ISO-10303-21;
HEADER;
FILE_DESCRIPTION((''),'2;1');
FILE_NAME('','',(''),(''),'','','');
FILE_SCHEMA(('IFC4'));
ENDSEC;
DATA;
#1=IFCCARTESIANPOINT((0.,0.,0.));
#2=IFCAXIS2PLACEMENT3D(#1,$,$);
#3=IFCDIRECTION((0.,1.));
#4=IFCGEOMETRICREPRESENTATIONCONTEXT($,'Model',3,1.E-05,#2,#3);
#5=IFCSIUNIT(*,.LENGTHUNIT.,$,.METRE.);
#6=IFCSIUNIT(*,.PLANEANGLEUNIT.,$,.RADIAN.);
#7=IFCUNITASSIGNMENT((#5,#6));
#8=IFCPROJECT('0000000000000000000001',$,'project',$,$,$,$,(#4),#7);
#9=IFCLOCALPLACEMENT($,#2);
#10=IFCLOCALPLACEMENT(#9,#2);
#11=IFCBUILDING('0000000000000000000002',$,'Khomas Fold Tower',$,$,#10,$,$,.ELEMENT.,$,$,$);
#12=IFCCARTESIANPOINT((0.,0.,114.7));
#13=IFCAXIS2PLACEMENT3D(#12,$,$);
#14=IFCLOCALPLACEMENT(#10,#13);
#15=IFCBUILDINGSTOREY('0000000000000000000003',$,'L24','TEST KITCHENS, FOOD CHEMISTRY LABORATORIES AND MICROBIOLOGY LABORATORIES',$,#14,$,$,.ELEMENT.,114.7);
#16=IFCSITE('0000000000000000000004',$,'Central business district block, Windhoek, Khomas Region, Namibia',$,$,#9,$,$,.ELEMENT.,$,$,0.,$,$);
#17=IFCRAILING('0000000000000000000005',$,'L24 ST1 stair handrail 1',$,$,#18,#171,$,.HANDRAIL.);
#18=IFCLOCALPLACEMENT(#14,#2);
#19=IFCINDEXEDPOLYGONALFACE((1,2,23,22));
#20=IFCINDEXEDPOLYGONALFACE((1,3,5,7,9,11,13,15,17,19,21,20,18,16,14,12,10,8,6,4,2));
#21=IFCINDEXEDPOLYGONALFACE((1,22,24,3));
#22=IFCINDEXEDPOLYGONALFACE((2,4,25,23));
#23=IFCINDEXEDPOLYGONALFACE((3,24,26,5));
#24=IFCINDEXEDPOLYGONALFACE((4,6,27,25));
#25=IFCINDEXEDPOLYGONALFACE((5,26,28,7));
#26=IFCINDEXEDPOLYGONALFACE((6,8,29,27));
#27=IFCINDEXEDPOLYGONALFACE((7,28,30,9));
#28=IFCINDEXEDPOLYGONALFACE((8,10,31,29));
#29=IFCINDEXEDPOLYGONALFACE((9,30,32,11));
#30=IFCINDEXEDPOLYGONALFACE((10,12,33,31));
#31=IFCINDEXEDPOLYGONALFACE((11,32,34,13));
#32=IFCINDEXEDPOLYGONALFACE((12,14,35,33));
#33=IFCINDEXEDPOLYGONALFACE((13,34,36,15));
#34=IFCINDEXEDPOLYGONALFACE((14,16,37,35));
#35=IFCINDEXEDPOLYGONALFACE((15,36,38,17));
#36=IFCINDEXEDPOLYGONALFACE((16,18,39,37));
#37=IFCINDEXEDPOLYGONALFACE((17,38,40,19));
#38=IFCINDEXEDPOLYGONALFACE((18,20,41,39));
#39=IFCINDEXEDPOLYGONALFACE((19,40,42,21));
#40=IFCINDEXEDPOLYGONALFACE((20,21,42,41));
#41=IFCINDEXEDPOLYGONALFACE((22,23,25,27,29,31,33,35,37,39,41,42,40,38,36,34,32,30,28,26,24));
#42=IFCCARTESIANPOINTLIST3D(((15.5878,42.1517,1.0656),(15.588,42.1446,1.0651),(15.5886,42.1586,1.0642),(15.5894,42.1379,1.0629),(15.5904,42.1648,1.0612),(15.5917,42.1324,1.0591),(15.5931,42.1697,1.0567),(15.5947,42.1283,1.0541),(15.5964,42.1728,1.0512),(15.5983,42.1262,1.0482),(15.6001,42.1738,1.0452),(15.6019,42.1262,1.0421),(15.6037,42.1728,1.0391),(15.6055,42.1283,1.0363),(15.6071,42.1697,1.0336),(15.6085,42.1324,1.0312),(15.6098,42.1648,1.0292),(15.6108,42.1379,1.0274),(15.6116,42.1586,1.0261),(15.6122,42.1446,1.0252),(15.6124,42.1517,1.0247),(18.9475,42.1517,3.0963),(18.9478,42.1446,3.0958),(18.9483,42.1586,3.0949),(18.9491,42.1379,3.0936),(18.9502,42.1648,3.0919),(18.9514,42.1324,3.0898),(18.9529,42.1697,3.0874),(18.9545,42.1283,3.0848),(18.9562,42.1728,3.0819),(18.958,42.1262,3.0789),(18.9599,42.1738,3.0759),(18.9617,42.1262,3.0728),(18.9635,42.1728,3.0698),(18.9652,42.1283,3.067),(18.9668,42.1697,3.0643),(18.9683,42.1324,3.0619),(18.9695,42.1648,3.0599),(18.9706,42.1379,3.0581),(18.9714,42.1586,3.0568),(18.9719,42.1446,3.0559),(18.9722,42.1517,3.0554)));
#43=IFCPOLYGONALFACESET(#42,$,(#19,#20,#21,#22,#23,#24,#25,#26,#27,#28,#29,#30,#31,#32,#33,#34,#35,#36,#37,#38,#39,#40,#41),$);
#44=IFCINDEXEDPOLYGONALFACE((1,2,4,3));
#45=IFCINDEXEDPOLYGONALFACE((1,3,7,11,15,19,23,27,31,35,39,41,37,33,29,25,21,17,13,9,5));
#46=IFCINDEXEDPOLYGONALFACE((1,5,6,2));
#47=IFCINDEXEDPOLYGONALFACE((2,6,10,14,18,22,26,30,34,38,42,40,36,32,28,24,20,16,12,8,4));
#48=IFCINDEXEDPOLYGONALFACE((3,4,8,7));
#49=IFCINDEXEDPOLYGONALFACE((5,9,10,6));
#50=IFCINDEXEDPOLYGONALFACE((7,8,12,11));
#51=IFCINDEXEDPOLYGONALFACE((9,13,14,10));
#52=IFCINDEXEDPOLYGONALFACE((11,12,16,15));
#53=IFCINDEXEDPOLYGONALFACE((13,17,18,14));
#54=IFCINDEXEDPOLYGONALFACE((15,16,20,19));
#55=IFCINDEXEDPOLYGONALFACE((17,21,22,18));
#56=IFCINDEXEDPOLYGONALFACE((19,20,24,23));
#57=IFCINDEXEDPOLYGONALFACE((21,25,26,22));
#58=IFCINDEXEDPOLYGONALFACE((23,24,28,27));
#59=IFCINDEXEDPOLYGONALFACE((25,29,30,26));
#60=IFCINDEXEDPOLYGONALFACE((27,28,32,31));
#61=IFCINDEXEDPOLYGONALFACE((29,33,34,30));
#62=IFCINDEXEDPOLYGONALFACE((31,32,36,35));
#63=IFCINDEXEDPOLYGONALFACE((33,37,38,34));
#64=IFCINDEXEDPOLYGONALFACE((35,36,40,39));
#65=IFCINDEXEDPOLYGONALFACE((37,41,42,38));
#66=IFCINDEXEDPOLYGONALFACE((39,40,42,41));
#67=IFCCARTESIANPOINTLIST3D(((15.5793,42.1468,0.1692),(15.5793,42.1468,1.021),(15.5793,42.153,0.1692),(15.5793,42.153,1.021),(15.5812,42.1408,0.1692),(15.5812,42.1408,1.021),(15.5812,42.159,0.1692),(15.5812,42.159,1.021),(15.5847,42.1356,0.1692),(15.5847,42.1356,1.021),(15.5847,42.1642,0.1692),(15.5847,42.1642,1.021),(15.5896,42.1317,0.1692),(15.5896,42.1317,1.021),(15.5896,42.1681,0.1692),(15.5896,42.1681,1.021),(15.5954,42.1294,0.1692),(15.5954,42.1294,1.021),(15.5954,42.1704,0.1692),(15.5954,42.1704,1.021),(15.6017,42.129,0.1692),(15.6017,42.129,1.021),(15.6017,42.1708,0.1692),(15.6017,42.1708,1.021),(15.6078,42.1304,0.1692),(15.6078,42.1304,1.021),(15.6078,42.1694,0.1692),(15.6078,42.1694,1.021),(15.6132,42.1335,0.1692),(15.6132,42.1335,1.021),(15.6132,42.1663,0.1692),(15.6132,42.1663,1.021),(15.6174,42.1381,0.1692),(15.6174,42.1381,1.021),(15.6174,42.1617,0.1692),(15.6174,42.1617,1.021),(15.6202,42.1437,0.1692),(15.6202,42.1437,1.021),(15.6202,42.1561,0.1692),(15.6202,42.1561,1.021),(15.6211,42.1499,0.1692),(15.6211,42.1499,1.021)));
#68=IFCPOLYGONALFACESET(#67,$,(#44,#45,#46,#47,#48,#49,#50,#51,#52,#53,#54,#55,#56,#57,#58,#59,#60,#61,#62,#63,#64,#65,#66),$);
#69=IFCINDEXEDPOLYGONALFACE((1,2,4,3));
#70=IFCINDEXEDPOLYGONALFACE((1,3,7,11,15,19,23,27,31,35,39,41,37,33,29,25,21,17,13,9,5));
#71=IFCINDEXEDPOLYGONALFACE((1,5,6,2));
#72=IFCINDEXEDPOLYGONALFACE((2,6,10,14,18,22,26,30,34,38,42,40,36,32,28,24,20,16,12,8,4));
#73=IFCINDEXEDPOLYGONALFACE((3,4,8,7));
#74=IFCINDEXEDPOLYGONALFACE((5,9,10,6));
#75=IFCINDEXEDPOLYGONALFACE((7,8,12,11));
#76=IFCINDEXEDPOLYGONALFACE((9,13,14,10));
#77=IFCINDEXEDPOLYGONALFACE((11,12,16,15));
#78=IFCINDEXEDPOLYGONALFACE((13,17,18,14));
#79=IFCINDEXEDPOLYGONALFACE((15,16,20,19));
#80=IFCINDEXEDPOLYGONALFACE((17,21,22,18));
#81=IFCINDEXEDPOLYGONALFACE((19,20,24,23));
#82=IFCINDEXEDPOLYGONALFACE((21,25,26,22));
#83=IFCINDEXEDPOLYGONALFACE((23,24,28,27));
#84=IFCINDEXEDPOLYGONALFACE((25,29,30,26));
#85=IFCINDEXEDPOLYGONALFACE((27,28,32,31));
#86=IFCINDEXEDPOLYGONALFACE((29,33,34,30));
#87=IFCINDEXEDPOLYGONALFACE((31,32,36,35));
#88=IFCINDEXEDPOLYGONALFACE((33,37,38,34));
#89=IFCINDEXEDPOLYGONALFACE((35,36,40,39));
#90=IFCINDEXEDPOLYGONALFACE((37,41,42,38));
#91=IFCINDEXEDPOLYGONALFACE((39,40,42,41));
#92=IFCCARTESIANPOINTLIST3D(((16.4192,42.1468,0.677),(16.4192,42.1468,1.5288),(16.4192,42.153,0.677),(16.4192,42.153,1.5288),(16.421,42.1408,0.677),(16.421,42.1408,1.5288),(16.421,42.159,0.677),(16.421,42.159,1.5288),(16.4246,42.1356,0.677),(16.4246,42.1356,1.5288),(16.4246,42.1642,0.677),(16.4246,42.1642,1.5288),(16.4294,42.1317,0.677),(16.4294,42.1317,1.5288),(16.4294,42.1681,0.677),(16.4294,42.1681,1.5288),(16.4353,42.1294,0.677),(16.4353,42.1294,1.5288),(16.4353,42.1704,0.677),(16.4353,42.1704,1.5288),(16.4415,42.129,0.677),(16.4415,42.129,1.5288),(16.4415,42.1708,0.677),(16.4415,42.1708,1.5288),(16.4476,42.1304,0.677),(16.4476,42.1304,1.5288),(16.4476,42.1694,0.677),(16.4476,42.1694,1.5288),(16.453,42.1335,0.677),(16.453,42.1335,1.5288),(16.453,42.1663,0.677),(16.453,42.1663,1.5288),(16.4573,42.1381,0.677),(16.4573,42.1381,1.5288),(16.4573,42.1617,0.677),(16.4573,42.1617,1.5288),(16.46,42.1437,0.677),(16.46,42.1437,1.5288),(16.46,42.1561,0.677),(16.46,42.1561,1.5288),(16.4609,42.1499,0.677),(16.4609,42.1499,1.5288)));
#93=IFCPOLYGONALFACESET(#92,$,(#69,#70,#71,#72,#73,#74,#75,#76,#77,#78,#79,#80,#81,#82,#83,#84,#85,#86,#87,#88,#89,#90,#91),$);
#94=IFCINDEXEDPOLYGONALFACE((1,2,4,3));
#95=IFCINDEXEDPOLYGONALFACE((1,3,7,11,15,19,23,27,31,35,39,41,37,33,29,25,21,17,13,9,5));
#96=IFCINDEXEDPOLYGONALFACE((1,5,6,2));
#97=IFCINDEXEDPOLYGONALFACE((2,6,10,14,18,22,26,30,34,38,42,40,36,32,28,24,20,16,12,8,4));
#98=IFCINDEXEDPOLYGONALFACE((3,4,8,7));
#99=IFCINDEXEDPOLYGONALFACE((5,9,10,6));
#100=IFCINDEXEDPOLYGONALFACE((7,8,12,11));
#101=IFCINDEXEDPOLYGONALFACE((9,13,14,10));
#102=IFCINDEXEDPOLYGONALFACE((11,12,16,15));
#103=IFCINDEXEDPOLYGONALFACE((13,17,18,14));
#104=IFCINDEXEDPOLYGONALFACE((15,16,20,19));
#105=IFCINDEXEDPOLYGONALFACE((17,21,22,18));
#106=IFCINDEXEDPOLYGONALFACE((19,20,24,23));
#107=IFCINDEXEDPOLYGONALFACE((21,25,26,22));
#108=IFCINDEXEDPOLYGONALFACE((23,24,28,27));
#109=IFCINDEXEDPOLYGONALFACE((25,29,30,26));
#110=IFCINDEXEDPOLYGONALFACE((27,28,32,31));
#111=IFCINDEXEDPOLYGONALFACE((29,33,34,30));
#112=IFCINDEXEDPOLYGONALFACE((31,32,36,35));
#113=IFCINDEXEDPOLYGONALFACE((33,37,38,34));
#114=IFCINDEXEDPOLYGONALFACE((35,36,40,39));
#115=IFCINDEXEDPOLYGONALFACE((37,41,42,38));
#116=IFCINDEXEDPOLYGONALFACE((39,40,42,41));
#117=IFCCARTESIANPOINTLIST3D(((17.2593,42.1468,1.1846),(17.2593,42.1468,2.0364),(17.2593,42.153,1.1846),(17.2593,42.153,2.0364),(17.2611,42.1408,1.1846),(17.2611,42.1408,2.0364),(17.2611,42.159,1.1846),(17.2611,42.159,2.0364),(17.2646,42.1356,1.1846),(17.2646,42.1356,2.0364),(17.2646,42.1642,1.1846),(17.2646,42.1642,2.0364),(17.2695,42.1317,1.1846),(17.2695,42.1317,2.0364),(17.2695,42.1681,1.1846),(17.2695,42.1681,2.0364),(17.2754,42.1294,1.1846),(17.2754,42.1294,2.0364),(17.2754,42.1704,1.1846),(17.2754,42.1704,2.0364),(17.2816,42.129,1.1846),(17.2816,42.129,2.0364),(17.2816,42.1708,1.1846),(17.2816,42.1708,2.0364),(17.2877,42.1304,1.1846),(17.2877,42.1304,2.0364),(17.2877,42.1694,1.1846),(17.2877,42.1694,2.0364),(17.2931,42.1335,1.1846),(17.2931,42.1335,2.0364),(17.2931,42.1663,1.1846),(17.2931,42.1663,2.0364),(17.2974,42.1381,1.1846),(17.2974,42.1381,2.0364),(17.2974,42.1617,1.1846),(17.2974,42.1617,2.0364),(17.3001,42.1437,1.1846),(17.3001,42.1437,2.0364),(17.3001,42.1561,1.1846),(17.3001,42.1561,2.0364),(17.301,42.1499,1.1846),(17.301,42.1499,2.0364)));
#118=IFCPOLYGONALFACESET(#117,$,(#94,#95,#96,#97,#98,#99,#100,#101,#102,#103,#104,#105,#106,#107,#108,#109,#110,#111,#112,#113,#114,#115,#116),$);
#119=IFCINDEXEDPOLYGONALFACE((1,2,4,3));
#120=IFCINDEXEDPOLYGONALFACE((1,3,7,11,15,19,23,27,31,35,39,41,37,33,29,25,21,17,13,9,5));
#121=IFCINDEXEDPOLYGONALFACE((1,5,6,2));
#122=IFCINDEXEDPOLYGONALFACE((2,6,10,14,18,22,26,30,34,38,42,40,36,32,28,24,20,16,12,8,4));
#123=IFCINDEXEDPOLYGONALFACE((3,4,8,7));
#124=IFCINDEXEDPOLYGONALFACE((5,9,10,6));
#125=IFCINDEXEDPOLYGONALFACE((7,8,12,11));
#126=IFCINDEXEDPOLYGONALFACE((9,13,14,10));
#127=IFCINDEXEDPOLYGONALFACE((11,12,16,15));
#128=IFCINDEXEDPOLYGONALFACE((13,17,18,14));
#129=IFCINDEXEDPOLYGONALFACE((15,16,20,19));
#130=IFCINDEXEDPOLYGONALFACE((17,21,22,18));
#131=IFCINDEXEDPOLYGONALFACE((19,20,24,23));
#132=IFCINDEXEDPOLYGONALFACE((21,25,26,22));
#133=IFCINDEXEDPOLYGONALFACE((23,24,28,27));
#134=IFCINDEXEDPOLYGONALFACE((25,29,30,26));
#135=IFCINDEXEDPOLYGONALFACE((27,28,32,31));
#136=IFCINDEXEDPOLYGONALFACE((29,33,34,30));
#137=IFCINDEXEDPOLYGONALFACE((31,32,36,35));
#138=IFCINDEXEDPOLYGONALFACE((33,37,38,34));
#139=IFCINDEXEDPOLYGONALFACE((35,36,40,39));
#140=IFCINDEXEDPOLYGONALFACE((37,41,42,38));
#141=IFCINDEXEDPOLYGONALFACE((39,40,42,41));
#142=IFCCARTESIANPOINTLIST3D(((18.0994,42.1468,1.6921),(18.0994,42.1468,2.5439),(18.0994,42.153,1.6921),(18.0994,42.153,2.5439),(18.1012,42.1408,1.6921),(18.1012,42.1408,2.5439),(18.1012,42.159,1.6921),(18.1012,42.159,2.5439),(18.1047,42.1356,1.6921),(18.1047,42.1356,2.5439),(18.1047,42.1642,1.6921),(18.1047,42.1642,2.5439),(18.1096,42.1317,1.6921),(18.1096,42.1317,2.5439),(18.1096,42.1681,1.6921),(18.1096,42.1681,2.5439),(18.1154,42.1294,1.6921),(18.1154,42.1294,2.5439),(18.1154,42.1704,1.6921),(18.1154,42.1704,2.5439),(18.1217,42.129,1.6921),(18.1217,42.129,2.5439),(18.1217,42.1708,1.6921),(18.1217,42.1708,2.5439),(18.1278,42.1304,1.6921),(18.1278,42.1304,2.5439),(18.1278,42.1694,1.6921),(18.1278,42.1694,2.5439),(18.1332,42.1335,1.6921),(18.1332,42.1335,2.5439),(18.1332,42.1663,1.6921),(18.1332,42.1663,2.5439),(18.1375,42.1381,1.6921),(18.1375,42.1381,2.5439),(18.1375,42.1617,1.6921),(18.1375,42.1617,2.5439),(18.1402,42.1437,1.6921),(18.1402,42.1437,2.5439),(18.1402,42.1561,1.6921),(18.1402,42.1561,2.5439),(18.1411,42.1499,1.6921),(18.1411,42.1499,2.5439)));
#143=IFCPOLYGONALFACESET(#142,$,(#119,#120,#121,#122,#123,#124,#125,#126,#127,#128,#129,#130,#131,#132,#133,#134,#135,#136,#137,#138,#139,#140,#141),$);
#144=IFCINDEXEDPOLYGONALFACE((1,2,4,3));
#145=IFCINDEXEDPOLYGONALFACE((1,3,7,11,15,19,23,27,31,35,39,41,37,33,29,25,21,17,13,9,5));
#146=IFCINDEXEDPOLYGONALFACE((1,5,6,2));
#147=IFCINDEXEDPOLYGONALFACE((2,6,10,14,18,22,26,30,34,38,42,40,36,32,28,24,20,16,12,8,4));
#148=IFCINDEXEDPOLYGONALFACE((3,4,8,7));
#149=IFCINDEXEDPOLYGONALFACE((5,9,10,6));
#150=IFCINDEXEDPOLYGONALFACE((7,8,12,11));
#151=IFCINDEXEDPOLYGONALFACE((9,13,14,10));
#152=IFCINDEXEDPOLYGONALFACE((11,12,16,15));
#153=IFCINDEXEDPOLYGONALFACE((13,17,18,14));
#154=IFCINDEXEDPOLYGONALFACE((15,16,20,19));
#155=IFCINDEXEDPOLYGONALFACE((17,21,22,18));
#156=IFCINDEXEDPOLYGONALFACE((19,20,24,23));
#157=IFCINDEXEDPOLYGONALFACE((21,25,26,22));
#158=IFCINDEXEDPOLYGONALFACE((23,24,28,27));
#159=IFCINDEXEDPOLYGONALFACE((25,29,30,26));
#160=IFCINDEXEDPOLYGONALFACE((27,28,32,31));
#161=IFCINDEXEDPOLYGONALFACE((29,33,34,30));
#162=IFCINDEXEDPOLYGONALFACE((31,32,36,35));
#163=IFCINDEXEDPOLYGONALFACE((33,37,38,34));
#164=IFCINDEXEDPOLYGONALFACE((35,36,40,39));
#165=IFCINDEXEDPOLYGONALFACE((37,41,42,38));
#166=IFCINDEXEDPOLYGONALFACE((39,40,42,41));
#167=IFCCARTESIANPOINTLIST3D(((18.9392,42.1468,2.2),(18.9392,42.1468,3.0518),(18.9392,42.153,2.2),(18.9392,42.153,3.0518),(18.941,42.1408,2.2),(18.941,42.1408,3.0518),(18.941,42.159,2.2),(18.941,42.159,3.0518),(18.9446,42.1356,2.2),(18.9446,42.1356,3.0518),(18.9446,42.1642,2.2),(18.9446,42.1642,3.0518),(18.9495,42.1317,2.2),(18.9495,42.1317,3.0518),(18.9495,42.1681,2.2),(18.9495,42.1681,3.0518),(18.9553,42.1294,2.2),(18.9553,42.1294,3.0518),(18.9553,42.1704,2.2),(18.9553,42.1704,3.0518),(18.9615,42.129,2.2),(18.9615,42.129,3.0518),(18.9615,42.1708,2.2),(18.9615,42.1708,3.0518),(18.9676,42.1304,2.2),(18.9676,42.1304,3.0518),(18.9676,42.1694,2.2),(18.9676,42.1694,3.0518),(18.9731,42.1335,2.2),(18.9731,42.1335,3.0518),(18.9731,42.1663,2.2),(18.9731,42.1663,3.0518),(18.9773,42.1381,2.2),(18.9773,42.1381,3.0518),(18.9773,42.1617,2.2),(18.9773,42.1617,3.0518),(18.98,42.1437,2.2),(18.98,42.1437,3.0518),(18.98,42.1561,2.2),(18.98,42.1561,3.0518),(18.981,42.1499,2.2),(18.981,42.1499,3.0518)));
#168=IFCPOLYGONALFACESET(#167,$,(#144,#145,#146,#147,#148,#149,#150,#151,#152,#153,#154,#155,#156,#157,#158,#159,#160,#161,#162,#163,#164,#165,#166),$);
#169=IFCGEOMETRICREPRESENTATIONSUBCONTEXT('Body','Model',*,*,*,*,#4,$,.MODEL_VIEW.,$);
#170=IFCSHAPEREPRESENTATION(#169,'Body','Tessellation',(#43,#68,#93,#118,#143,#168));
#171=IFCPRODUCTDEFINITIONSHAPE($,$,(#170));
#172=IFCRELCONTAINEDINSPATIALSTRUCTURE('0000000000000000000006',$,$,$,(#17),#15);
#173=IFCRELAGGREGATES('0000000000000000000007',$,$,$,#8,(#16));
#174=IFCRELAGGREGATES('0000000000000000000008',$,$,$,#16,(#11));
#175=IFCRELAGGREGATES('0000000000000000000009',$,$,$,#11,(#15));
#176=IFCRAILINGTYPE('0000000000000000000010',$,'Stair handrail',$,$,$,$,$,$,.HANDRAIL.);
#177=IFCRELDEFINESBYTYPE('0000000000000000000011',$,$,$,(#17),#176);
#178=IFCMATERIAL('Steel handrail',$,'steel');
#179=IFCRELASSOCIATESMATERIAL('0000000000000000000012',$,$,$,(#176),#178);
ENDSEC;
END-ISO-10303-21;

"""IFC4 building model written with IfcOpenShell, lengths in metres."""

from ifc_helpers import new_model, si_unit, direction, frame, origin, origin_2d, place, context, subcontext, project, spatial, circle, extrude, source, transform, mapped, material, type_object, element, save


model = new_model("IFC4")

# Units and contexts
model_context = context("Model", 3, precision=1e-05, world=origin(), true_north=direction((0.0, 1.0)))
body_context = subcontext(model_context, "Body", "Model", "MODEL_VIEW")
ifc_project = project(units=[si_unit("LENGTHUNIT", "METRE"), si_unit("PLANEANGLEUNIT", "RADIAN")], contexts=[model_context])

# Site, building, storey
site_placement = place(None, origin())
site = spatial("IfcSite", under=ifc_project, at=site_placement, Name="Central business district block, Windhoek, Khomas Region, Namibia", CompositionType="ELEMENT", RefElevation=0.0)
building_placement = place(site_placement, origin())
building = spatial("IfcBuilding", under=site, at=building_placement, Name="Khomas Fold Tower", CompositionType="ELEMENT")
storey_placement = place(building_placement, frame((0.0, 0.0, 114.7)))
storey = spatial("IfcBuildingStorey", under=building, at=storey_placement, Name="L24", Description="TEST KITCHENS, FOOD CHEMISTRY LABORATORIES AND MICROBIOLOGY LABORATORIES", CompositionType="ELEMENT", Elevation=114.7)

# Railing
ifc_material_1 = material(Name="Steel handrail", Category="steel")
railing_type_1 = type_object("IfcRailingType", Name="Stair handrail", PredefinedType="HANDRAIL", material=ifc_material_1)
shared_shape_1 = source(origin(), body_context, "Body", "SweptSolid", [
    extrude(circle(Radius=0.0239, at=origin_2d()), frame((0.0, 0.0, 0.876), z_axis=(0.85582, 0.0, 0.517273), x_axis=(0.0, 1.0, 0.0)), (0.0, 0.0, 1.0), 3.9258),
    extrude(circle(Radius=0.021, at=origin_2d()), origin(), (0.0, 0.0, 1.0), 0.8518),
    extrude(circle(Radius=0.021, at=origin_2d()), frame((0.8398, 0.0, 0.5078)), (0.0, 0.0, 1.0), 0.8518),
    extrude(circle(Radius=0.021, at=origin_2d()), frame((1.6799, 0.0, 1.0154)), (0.0, 0.0, 1.0), 0.8518),
    extrude(circle(Radius=0.021, at=origin_2d()), frame((2.52, 0.0, 1.5229)), (0.0, 0.0, 1.0), 0.8518),
    extrude(circle(Radius=0.021, at=origin_2d()), frame((3.3599, 0.0, 2.0308)), (0.0, 0.0, 1.0), 0.8518),
])
railing_1_placement = place(storey_placement, frame((15.6001, 42.1499, 0.1692)))
element("IfcRailing", 1, at=railing_1_placement, inside=storey, type_object=railing_type_1, Name="L24 ST1 stair handrail 1", PredefinedType="HANDRAIL", context=body_context, shape_type="MappedRepresentation", body=[
    mapped(shared_shape_1, transform((0.0, 0.0, 0.0))),
])

save(model, "model.ifc")
